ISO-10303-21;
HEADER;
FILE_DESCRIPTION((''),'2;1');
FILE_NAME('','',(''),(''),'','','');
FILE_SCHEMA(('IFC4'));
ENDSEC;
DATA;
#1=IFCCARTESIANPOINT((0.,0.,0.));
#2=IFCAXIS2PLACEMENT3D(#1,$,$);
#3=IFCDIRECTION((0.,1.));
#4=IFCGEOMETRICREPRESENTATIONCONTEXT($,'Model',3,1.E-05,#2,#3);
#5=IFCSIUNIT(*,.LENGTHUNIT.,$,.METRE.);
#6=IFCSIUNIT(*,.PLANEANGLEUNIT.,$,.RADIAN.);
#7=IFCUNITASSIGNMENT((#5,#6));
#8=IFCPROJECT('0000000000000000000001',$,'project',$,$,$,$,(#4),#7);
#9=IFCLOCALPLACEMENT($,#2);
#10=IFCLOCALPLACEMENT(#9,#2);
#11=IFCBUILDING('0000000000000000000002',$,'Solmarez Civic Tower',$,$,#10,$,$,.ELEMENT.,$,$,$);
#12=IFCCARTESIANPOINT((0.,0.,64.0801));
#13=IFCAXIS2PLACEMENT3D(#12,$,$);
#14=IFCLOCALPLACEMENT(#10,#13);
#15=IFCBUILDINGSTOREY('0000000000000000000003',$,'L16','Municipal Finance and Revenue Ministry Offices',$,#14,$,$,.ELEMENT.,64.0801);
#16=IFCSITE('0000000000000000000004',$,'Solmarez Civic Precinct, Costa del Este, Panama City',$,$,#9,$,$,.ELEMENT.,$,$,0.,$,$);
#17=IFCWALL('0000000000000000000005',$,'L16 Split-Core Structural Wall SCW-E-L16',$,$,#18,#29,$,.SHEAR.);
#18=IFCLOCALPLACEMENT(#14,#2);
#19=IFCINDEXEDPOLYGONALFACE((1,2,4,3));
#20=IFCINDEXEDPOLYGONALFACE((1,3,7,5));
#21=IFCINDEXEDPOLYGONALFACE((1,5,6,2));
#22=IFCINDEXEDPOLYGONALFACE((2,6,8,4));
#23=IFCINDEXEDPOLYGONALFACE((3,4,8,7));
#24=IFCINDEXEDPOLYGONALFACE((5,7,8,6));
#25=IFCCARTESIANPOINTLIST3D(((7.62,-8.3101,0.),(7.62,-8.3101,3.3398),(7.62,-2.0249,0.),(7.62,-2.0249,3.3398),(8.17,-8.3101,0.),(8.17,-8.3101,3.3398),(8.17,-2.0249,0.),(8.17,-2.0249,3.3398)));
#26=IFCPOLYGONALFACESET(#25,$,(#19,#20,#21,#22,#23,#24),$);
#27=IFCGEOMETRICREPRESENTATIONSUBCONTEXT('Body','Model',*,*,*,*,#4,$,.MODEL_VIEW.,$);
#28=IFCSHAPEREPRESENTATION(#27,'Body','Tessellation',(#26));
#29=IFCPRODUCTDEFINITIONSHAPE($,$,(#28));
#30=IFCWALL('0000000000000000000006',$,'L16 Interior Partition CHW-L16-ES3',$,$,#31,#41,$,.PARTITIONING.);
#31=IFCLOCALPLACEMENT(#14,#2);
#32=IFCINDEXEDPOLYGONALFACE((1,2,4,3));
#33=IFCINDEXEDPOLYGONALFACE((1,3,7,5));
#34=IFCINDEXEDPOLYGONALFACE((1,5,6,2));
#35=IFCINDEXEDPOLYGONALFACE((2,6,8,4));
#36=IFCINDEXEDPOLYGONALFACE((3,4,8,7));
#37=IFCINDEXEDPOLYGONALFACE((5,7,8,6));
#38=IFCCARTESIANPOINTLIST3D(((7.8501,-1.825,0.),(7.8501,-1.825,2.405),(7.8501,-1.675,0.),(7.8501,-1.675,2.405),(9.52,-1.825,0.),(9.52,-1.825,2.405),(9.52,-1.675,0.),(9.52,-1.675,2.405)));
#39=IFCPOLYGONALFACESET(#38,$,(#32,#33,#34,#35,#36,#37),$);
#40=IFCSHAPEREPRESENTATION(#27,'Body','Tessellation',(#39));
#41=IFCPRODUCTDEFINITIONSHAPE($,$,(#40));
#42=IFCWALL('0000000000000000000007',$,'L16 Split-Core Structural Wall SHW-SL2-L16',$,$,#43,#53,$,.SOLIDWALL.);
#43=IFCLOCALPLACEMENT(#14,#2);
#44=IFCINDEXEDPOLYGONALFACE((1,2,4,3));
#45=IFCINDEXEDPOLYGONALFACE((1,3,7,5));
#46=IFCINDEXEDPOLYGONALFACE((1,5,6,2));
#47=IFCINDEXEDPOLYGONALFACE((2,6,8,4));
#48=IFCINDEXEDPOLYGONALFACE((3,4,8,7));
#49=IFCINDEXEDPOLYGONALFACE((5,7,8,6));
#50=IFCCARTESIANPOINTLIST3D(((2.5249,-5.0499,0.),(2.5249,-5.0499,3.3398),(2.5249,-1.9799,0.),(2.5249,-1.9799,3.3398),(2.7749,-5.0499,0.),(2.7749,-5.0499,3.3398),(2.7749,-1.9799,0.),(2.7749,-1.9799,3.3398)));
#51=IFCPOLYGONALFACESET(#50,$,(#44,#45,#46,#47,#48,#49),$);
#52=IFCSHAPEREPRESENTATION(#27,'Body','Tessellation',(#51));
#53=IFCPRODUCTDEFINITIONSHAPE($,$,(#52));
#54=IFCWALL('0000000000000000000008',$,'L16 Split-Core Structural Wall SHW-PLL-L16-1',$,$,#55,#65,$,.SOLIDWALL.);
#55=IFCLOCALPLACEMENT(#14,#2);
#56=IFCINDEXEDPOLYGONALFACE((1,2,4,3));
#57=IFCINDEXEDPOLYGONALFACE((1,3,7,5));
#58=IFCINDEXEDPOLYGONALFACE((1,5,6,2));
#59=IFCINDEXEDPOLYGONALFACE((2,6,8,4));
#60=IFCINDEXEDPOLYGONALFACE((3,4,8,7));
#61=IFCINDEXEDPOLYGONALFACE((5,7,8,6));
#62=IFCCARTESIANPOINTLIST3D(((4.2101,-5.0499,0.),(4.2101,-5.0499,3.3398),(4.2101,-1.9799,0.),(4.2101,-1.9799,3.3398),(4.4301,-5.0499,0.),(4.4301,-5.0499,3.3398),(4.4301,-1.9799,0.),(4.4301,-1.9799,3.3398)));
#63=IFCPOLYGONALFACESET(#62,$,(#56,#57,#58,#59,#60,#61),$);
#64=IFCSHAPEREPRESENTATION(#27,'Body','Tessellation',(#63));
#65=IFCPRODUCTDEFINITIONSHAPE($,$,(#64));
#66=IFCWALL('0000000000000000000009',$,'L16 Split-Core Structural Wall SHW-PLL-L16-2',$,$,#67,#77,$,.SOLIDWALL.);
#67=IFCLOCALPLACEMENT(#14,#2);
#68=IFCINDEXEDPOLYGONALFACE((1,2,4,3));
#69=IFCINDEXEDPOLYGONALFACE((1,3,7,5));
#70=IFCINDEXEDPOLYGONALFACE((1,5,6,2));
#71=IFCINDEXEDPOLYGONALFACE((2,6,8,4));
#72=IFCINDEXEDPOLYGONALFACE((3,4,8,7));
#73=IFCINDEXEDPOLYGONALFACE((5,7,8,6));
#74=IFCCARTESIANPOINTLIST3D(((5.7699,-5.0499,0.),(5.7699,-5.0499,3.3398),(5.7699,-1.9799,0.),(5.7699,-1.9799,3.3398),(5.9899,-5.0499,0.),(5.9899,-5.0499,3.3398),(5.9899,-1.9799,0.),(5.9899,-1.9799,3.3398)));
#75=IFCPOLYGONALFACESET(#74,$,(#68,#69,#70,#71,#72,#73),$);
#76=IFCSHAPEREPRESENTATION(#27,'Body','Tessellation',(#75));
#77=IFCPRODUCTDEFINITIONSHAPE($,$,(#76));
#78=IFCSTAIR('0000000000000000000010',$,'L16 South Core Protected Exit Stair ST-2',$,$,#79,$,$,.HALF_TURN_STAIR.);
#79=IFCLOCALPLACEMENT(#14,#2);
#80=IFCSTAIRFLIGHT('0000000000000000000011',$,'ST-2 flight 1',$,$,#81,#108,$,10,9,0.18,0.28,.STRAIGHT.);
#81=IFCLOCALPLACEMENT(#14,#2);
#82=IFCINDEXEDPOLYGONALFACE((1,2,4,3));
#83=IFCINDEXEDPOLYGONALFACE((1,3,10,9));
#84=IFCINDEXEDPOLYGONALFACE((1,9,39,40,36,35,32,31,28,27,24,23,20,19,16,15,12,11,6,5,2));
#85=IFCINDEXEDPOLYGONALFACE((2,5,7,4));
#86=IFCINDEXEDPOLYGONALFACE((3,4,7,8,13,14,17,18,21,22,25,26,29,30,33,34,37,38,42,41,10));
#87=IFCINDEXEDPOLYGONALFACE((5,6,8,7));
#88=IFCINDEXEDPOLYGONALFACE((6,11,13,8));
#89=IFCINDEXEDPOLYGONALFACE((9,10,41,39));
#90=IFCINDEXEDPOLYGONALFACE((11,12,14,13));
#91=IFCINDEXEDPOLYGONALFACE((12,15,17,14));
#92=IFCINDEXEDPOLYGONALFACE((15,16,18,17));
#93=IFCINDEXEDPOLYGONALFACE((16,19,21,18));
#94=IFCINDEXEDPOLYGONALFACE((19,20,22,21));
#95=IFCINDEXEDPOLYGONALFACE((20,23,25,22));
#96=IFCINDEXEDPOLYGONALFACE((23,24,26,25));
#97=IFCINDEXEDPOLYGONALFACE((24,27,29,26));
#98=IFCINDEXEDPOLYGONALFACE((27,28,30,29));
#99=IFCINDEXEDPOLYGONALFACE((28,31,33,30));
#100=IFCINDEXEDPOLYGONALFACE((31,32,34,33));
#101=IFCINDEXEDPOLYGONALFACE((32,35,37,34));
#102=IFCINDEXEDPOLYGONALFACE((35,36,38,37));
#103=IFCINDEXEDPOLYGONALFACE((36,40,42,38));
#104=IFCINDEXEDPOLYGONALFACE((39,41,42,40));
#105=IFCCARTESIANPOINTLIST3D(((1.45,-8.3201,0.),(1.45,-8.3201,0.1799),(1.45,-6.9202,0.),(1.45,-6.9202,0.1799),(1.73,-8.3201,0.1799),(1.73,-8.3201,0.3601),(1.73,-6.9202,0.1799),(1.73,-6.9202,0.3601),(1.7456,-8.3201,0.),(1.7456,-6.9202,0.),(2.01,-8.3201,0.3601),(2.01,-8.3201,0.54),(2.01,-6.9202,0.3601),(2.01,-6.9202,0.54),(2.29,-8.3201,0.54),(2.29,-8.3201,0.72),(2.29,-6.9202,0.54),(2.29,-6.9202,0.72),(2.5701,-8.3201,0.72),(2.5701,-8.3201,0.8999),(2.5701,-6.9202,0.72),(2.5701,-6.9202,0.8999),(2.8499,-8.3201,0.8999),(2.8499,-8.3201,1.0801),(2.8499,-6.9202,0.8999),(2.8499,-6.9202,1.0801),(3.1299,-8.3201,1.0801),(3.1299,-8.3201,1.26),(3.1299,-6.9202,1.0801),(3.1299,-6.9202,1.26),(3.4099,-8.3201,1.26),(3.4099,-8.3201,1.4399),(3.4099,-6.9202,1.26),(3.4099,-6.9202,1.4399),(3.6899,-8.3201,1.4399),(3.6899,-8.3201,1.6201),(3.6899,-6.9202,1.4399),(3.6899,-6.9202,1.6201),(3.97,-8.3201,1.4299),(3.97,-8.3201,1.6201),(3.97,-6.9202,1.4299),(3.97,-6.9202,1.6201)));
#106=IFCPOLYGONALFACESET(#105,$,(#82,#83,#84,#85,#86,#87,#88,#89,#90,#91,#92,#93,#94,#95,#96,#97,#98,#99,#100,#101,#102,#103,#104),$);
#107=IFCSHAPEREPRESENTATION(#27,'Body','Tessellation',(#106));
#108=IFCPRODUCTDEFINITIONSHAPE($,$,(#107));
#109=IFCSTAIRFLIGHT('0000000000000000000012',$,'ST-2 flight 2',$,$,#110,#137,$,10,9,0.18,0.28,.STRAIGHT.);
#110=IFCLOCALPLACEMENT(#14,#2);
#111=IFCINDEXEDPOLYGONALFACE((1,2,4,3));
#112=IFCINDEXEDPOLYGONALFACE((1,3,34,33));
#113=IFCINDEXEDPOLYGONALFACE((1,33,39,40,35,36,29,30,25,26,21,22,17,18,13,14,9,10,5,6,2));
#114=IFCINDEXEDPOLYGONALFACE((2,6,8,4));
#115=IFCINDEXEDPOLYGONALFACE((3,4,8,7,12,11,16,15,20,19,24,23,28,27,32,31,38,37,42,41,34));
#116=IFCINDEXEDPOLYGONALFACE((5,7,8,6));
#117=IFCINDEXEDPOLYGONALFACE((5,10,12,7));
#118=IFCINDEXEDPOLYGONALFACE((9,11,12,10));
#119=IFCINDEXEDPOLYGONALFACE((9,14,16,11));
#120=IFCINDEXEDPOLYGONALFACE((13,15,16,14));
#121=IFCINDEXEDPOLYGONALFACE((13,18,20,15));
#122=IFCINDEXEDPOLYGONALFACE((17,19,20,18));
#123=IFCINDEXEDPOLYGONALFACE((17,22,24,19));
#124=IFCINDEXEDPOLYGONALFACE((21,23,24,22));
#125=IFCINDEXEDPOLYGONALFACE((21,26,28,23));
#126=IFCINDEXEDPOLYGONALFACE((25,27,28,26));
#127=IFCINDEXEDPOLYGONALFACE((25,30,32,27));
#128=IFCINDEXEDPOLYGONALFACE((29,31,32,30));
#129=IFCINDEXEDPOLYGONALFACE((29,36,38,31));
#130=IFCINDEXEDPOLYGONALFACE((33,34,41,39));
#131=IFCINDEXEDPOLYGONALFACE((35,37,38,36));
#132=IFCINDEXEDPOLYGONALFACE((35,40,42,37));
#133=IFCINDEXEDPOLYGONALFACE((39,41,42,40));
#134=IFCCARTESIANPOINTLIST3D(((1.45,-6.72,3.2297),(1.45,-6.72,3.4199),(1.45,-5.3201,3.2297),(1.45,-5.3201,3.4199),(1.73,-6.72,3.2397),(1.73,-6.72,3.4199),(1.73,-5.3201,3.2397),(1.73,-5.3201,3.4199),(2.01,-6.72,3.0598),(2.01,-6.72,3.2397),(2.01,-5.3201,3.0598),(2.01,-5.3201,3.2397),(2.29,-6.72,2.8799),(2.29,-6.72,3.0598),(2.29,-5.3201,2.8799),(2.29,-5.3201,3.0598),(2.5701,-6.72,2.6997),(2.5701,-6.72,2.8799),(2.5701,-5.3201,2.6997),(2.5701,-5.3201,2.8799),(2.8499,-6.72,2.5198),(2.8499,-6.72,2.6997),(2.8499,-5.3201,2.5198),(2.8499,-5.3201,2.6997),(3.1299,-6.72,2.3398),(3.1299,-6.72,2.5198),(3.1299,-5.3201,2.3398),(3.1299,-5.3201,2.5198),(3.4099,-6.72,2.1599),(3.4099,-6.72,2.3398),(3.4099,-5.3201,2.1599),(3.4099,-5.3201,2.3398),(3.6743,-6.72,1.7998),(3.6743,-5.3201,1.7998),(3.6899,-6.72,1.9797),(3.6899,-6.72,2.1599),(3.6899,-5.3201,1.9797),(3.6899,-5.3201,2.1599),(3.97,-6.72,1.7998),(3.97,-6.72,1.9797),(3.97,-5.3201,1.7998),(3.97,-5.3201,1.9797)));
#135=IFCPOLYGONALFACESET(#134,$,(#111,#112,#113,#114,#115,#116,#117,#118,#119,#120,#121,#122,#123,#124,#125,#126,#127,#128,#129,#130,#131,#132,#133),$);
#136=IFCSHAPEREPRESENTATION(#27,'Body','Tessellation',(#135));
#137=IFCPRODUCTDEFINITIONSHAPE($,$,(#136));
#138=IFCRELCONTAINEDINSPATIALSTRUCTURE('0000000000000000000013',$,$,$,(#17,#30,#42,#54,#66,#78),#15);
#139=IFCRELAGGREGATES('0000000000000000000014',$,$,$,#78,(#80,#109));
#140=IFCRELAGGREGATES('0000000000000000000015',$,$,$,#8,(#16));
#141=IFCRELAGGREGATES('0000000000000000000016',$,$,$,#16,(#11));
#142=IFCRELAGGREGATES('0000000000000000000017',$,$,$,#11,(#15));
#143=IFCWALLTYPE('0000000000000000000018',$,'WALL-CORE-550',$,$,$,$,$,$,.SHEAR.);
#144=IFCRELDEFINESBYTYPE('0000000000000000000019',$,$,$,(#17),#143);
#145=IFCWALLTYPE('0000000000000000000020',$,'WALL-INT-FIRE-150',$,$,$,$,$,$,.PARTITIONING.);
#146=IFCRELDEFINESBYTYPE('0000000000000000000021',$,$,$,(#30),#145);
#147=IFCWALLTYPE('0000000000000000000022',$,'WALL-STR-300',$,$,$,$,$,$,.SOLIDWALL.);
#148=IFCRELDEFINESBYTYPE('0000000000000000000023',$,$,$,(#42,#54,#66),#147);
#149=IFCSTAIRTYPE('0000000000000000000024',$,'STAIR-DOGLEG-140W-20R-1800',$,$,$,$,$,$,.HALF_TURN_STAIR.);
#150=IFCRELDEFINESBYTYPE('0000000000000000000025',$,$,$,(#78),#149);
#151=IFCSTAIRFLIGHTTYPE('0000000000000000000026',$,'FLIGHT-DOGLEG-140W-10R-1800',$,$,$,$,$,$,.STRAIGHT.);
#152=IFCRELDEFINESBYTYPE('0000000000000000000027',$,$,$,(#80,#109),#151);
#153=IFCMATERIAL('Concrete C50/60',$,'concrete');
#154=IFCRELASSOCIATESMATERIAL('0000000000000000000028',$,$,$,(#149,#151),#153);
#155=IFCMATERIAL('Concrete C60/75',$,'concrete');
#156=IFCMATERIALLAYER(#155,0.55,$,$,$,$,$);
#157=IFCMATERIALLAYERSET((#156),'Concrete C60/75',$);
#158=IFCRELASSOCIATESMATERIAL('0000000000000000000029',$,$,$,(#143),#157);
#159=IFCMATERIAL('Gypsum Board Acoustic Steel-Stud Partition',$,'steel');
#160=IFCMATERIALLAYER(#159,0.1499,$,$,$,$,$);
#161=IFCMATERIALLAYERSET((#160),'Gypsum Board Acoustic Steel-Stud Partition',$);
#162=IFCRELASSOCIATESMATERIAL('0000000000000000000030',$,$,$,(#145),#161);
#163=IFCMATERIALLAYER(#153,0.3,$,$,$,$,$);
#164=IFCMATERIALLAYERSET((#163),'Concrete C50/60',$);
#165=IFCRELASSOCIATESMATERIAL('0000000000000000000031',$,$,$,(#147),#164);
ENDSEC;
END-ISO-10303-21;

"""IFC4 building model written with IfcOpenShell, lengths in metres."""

from ifc_helpers import new_model, si_unit, direction, frame, frame_2d, origin, place, context, subcontext, project, spatial, polyline, rectangle, outline, extrude, material, layer, layer_set, type_object, element, aggregate, save


model = new_model("IFC4")

# Units and contexts
model_context = context("Model", 3, precision=1e-05, world=origin(), true_north=direction((0.0, 1.0)))
body_context = subcontext(model_context, "Body", "Model", "MODEL_VIEW")
ifc_project = project(units=[si_unit("LENGTHUNIT", "METRE"), si_unit("PLANEANGLEUNIT", "RADIAN")], contexts=[model_context])

# Site, building, storey
site_placement = place(None, origin())
site = spatial("IfcSite", under=ifc_project, at=site_placement, Name="Solmarez Civic Precinct, Costa del Este, Panama City", CompositionType="ELEMENT", RefElevation=0.0)
building_placement = place(site_placement, origin())
building = spatial("IfcBuilding", under=site, at=building_placement, Name="Solmarez Civic Tower", CompositionType="ELEMENT")
storey_placement = place(building_placement, frame((0.0, 0.0, 64.0801)))
storey = spatial("IfcBuildingStorey", under=building, at=storey_placement, Name="L16", Description="Municipal Finance and Revenue Ministry Offices", CompositionType="ELEMENT", Elevation=64.0801)

# Shared definitions
ifc_material_1 = material(Name="Concrete C50/60", Category="concrete")
stair_type = type_object("IfcStairType", Name="STAIR-DOGLEG-140W-20R-1800", PredefinedType="HALF_TURN_STAIR", material=ifc_material_1)

# Walls
ifc_material_2 = material(Name="Concrete C60/75", Category="concrete")
ifc_layer_1 = layer(ifc_material_2, 0.55)
ifc_layer_set_1 = layer_set([ifc_layer_1], Name="Concrete C60/75")
wall_type_1 = type_object("IfcWallType", Name="WALL-CORE-550", PredefinedType="SHEAR", material=ifc_layer_set_1)
wall_1_placement = place(storey_placement, frame((7.895, -2.0249, 0.0), z_axis=(0.0, 0.0, 1.0), x_axis=(0.0, -1.0, 0.0)))
element("IfcWall", 1, at=wall_1_placement, inside=storey, type_object=wall_type_1, Name="L16 Split-Core Structural Wall SCW-E-L16", PredefinedType="SHEAR", context=body_context, shape_type="SweptSolid", body=[
    extrude(rectangle(XDim=6.2852, YDim=0.55, at=frame_2d((3.1426, 0.0))), origin(), (0.0, 0.0, 1.0), 3.3398),
])
ifc_material_3 = material(Name="Gypsum Board Acoustic Steel-Stud Partition", Category="steel")
ifc_layer_2 = layer(ifc_material_3, 0.1499)
ifc_layer_set_2 = layer_set([ifc_layer_2], Name="Gypsum Board Acoustic Steel-Stud Partition")
wall_type_2 = type_object("IfcWallType", Name="WALL-INT-FIRE-150", PredefinedType="PARTITIONING", material=ifc_layer_set_2)
wall_2_placement = place(storey_placement, frame((7.8501, -1.75, 0.0), z_axis=(0.0, 0.0, 1.0), x_axis=(1.0, 0.0, 0.0)))
element("IfcWall", 2, at=wall_2_placement, inside=storey, type_object=wall_type_2, Name="L16 Interior Partition CHW-L16-ES3", PredefinedType="PARTITIONING", context=body_context, shape_type="SweptSolid", body=[
    extrude(rectangle(XDim=1.6699, YDim=0.1499, at=frame_2d((0.835, 0.0))), origin(), (0.0, 0.0, 1.0), 2.405),
])
ifc_layer_3 = layer(ifc_material_1, 0.3)
ifc_layer_set_3 = layer_set([ifc_layer_3], Name="Concrete C50/60")
wall_type_3 = type_object("IfcWallType", Name="WALL-STR-300", PredefinedType="SOLIDWALL", material=ifc_layer_set_3)
wall_3_placement = place(storey_placement, frame((2.6499, -5.05, 0.0), z_axis=(0.0, 0.0, 1.0), x_axis=(0.0, 1.0, 0.0)))
element("IfcWall", 3, at=wall_3_placement, inside=storey, type_object=wall_type_3, Name="L16 Split-Core Structural Wall SHW-SL2-L16", PredefinedType="SOLIDWALL", context=body_context, shape_type="SweptSolid", body=[
    extrude(rectangle(XDim=3.0701, YDim=0.25, at=frame_2d((1.5352, 0.0))), origin(), (0.0, 0.0, 1.0), 3.3398),
])
for number, where, z_axis, x_axis, name in (
    (4, (4.3201, -5.05, 0.0), (0.0, 0.0, 1.0), (0.0, 1.0, 0.0), "L16 Split-Core Structural Wall SHW-PLL-L16-1"),
    (5, (5.8799, -5.05, 0.0), (0.0, 0.0, 1.0), (0.0, 1.0, 0.0), "L16 Split-Core Structural Wall SHW-PLL-L16-2"),
):
    element("IfcWall", number, at=place(storey_placement, frame(where, z_axis=z_axis, x_axis=x_axis)), inside=storey, type_object=wall_type_3, Name=name, PredefinedType="SOLIDWALL", context=body_context, shape_type="SweptSolid", body=[
        extrude(rectangle(XDim=3.0701, YDim=0.22, at=frame_2d((1.5352, 0.0))), origin(), (0.0, 0.0, 1.0), 3.3398),
    ])

# Stair, stair flights
stair_1_placement = place(storey_placement, origin())
stair_1 = element("IfcStair", 6, at=stair_1_placement, inside=storey, type_object=stair_type, Name="L16 South Core Protected Exit Stair ST-2", PredefinedType="HALF_TURN_STAIR")
stair_flight_type = type_object("IfcStairFlightType", Name="FLIGHT-DOGLEG-140W-10R-1800", PredefinedType="STRAIGHT", material=ifc_material_1)
stair_flight_1_placement = place(storey_placement, frame((1.45, -7.6201, 0.0), z_axis=(0.0, 0.0, 1.0), x_axis=(1.0, 0.0, 0.0)))
stair_flight_1 = element("IfcStairFlight", 7, at=stair_flight_1_placement, type_object=stair_flight_type, Name="ST-2 flight 1", NumberOfRisers=10, NumberOfTreads=9, PredefinedType="STRAIGHT", RiserHeight=0.18, TreadLength=0.28, context=body_context, shape_type="SweptSolid", body=[
    extrude(outline(polyline([(0.0, 0.0), (0.0, 0.1799), (0.28, 0.1799), (0.28, 0.3601), (0.5601, 0.3601), (0.5601, 0.54), (0.8401, 0.54), (0.8401, 0.72), (1.1201, 0.72), (1.1201, 0.8999), (1.3999, 0.8999), (1.3999, 1.0801), (1.6799, 1.0801), (1.6799, 1.26), (1.96, 1.26), (1.96, 1.4399), (2.24, 1.4399), (2.24, 1.6201), (2.52, 1.6201), (2.52, 1.8), (2.52, 1.4299), (0.2957, 0.0), (0.0, 0.0)])), frame((0.0, 0.7, 0.0), z_axis=(0.0, -1.0, 0.0), x_axis=(1.0, 0.0, 0.0)), (0.0, 0.0, 1.0), 1.3999),
])
stair_flight_2_placement = place(storey_placement, frame((3.97, -6.02, 1.7998), z_axis=(0.0, 0.0, 1.0), x_axis=(-1.0, 0.0, 0.0)))
stair_flight_2 = element("IfcStairFlight", 8, at=stair_flight_2_placement, type_object=stair_flight_type, Name="ST-2 flight 2", NumberOfRisers=10, NumberOfTreads=9, PredefinedType="STRAIGHT", RiserHeight=0.18, TreadLength=0.28, context=body_context, shape_type="SweptSolid", body=[
    extrude(outline(polyline([(0.0, 0.0), (0.0, 0.1799), (0.28, 0.1799), (0.28, 0.3601), (0.5601, 0.3601), (0.5601, 0.54), (0.8401, 0.54), (0.8401, 0.72), (1.1201, 0.72), (1.1201, 0.8999), (1.3999, 0.8999), (1.3999, 1.0801), (1.6799, 1.0801), (1.6799, 1.26), (1.96, 1.26), (1.96, 1.4399), (2.24, 1.4399), (2.24, 1.6201), (2.52, 1.6201), (2.52, 1.8), (2.52, 1.4299), (0.2957, 0.0), (0.0, 0.0)])), frame((0.0, 0.7, 0.0), z_axis=(0.0, -1.0, 0.0), x_axis=(1.0, 0.0, 0.0)), (0.0, 0.0, 1.0), 1.3999),
])
aggregate(stair_1, [stair_flight_1, stair_flight_2])

save(model, "model.ifc")
